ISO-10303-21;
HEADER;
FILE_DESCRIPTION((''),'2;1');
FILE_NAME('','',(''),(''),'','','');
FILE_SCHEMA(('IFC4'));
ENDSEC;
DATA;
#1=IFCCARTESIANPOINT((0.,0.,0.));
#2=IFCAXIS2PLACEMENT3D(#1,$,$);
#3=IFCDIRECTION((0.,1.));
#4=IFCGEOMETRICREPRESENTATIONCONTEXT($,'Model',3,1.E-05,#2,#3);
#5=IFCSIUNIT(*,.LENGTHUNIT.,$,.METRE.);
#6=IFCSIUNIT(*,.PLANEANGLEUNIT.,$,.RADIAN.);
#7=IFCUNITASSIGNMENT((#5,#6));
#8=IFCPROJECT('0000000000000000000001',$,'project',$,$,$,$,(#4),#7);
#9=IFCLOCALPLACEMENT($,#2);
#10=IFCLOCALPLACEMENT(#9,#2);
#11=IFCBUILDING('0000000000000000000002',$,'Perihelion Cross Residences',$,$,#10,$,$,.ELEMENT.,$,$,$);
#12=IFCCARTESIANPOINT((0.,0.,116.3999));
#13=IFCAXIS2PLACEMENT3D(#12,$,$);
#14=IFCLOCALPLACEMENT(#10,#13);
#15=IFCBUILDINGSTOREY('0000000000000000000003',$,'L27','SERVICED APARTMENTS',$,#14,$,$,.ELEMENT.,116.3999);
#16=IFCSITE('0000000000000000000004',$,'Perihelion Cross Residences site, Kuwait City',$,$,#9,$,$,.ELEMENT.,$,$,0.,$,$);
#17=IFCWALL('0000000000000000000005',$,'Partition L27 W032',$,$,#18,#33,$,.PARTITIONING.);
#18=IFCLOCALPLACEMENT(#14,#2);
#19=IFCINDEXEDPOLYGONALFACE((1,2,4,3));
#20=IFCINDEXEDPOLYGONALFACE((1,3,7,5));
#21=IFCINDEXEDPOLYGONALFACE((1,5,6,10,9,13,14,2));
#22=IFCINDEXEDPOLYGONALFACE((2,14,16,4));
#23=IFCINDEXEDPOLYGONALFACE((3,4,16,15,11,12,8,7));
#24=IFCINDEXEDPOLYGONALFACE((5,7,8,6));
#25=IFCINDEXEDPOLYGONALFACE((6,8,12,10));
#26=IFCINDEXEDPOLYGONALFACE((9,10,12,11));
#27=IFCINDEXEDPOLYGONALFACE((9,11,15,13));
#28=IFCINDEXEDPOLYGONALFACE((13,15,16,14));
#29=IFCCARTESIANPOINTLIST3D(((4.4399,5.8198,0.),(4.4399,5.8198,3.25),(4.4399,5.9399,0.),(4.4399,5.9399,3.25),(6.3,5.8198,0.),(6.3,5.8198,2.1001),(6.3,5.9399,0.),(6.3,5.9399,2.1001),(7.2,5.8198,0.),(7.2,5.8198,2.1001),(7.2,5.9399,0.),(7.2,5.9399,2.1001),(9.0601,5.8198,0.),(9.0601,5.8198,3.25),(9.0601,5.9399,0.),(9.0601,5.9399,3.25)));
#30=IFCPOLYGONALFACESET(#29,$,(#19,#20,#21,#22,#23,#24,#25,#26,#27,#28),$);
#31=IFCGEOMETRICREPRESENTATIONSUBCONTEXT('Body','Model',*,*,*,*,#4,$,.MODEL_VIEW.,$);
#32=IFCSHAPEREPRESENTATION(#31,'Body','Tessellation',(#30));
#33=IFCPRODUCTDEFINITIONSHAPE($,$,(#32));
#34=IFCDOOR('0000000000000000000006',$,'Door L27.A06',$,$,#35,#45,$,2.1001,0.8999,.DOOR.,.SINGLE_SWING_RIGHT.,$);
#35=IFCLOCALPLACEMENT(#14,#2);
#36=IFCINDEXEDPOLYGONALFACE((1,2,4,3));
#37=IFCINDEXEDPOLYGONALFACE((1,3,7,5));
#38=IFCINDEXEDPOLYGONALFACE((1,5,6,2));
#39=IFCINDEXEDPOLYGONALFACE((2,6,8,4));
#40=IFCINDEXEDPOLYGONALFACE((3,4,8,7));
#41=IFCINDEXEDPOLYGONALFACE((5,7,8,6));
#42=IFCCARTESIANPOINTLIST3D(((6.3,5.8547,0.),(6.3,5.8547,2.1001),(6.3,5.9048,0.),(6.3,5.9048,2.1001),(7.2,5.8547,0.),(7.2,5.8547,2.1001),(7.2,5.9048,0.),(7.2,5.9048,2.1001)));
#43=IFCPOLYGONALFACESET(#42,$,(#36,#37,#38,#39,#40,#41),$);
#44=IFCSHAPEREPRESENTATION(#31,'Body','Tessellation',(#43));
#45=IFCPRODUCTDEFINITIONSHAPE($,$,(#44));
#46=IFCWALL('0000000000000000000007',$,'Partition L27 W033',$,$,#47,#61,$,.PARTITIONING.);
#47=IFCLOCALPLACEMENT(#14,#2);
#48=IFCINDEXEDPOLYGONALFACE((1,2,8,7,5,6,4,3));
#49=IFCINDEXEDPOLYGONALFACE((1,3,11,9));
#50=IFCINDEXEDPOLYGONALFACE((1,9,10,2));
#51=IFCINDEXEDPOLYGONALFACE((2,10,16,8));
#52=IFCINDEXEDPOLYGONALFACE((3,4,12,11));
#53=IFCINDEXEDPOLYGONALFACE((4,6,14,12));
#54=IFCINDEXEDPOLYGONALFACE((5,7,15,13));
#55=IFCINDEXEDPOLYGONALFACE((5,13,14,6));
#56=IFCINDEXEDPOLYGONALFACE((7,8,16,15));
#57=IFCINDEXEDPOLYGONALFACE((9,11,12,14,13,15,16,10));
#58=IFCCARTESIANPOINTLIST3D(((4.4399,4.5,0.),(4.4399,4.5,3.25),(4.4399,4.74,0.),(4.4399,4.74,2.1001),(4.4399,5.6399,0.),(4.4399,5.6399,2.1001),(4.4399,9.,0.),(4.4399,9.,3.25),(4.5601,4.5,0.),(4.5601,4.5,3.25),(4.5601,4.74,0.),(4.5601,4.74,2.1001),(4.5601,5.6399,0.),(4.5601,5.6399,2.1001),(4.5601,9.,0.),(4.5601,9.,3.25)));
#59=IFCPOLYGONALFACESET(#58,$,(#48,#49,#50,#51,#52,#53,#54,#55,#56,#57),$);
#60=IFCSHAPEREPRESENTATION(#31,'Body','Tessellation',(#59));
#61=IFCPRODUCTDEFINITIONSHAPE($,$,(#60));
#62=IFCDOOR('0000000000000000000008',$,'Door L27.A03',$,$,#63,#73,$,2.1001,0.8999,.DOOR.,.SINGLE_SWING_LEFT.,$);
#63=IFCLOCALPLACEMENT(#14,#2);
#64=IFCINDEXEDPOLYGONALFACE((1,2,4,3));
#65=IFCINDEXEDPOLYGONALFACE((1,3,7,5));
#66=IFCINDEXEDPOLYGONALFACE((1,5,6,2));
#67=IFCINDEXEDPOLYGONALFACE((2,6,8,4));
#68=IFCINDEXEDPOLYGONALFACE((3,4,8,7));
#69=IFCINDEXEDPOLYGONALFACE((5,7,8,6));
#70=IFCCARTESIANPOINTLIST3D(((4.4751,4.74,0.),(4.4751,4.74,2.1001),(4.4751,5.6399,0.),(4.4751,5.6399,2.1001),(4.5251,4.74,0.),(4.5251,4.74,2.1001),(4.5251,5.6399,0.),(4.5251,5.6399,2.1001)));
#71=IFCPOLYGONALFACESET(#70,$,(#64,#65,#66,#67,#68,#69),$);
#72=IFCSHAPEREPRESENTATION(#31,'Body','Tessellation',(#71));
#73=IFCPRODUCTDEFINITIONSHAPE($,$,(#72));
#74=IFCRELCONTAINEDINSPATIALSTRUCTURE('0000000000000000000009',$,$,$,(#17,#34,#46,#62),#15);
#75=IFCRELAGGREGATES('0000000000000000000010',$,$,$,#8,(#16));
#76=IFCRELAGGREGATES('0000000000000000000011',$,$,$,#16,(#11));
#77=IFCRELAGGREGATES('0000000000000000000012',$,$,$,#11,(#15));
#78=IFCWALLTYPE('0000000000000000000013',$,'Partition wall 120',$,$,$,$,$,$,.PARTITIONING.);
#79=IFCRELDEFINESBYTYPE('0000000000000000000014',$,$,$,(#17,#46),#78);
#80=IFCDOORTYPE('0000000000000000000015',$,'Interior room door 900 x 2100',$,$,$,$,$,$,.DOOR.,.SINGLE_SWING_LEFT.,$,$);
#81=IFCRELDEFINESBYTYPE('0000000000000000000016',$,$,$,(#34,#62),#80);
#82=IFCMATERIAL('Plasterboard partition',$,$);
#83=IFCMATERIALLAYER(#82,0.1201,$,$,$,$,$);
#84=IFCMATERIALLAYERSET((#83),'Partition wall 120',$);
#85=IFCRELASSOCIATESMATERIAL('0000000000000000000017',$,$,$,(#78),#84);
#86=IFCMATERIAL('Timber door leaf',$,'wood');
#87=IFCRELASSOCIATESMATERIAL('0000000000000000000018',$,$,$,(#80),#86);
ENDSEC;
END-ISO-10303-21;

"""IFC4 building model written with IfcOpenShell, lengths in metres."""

from ifc_helpers import new_model, si_unit, direction, frame, frame_2d, origin, place, context, subcontext, project, spatial, rectangle, extrude, material, layer, layer_set, type_object, element, fill, save


model = new_model("IFC4")

# Units and contexts
model_context = context("Model", 3, precision=1e-05, world=origin(), true_north=direction((0.0, 1.0)))
body_context = subcontext(model_context, "Body", "Model", "MODEL_VIEW")
ifc_project = project(units=[si_unit("LENGTHUNIT", "METRE"), si_unit("PLANEANGLEUNIT", "RADIAN")], contexts=[model_context])

# Site, building, storey
site_placement = place(None, origin())
site = spatial("IfcSite", under=ifc_project, at=site_placement, Name="Perihelion Cross Residences site, Kuwait City", CompositionType="ELEMENT", RefElevation=0.0)
building_placement = place(site_placement, origin())
building = spatial("IfcBuilding", under=site, at=building_placement, Name="Perihelion Cross Residences", CompositionType="ELEMENT")
storey_placement = place(building_placement, frame((0.0, 0.0, 116.3999)))
storey = spatial("IfcBuildingStorey", under=building, at=storey_placement, Name="L27", Description="SERVICED APARTMENTS", CompositionType="ELEMENT", Elevation=116.3999)

# Walls, openings, doors
ifc_material_1 = material(Name="Plasterboard partition")
ifc_layer_1 = layer(ifc_material_1, 0.1201)
ifc_layer_set_1 = layer_set([ifc_layer_1], Name="Partition wall 120")
wall_type_1 = type_object("IfcWallType", Name="Partition wall 120", PredefinedType="PARTITIONING", material=ifc_layer_set_1)
wall_1_placement = place(storey_placement, frame((4.4399, 5.8799, 0.0), z_axis=(0.0, 0.0, 1.0), x_axis=(1.0, 0.0, 0.0)))
wall_1 = element("IfcWall", 1, at=wall_1_placement, inside=storey, type_object=wall_type_1, Name="Partition L27 W032", PredefinedType="PARTITIONING", context=body_context, shape_type="SweptSolid", body=[
    extrude(rectangle(XDim=4.6201, YDim=0.1201, at=frame_2d((2.3101, 0.0))), origin(), (0.0, 0.0, 1.0), 3.25),
])
opening_1_placement = place(wall_1_placement, frame((1.8601, 0.0, 0.0)))
opening_1 = element("IfcOpeningElement", 2, at=opening_1_placement, cuts=wall_1, PredefinedType="OPENING", context=body_context, shape_type="SweptSolid", body=[
    extrude(rectangle(XDim=0.8999, YDim=2.1001, at=frame_2d((0.45, 1.05))), frame((0.0, 0.0701, 0.0), z_axis=(0.0, -1.0, 0.0), x_axis=(1.0, 0.0, 0.0)), (0.0, 0.0, 1.0), 0.1401),
])
ifc_material_2 = material(Name="Timber door leaf", Category="wood")
door_type_1 = type_object("IfcDoorType", Name="Interior room door 900 x 2100", OperationType="SINGLE_SWING_LEFT", PredefinedType="DOOR", material=ifc_material_2)
door_1_placement = place(opening_1_placement, origin())
door_1 = element("IfcDoor", 3, at=door_1_placement, inside=storey, type_object=door_type_1, Name="Door L27.A06", OperationType="SINGLE_SWING_RIGHT", OverallHeight=2.1001, OverallWidth=0.8999, PredefinedType="DOOR", context=body_context, shape_type="SweptSolid", body=[
    extrude(rectangle(XDim=0.8999, YDim=2.1001, at=frame_2d((0.45, 1.05))), frame((0.0, 0.0249, 0.0), z_axis=(0.0, -1.0, 0.0), x_axis=(1.0, 0.0, 0.0)), (0.0, 0.0, 1.0), 0.05),
])
fill(opening_1, door_1)
wall_2_placement = place(storey_placement, frame((4.5, 4.5, 0.0), z_axis=(0.0, 0.0, 1.0), x_axis=(0.0, 1.0, 0.0)))
wall_2 = element("IfcWall", 4, at=wall_2_placement, inside=storey, type_object=wall_type_1, Name="Partition L27 W033", PredefinedType="PARTITIONING", context=body_context, shape_type="SweptSolid", body=[
    extrude(rectangle(XDim=4.5, YDim=0.1201, at=frame_2d((2.25, 0.0))), origin(), (0.0, 0.0, 1.0), 3.25),
])
opening_2_placement = place(wall_2_placement, frame((0.24, 0.0, 0.0)))
opening_2 = element("IfcOpeningElement", 5, at=opening_2_placement, cuts=wall_2, PredefinedType="OPENING", context=body_context, shape_type="SweptSolid", body=[
    extrude(rectangle(XDim=0.8999, YDim=2.1001, at=frame_2d((0.45, 1.05))), frame((0.0, 0.0701, 0.0), z_axis=(0.0, -1.0, 0.0), x_axis=(1.0, 0.0, 0.0)), (0.0, 0.0, 1.0), 0.1401),
])
door_2_placement = place(opening_2_placement, origin())
door_2 = element("IfcDoor", 6, at=door_2_placement, inside=storey, type_object=door_type_1, Name="Door L27.A03", OperationType="SINGLE_SWING_LEFT", OverallHeight=2.1001, OverallWidth=0.8999, PredefinedType="DOOR", context=body_context, shape_type="SweptSolid", body=[
    extrude(rectangle(XDim=0.8999, YDim=2.1001, at=frame_2d((0.45, 1.05))), frame((0.0, 0.0249, 0.0), z_axis=(0.0, -1.0, 0.0), x_axis=(1.0, 0.0, 0.0)), (0.0, 0.0, 1.0), 0.05),
])
fill(opening_2, door_2)

save(model, "model.ifc")
